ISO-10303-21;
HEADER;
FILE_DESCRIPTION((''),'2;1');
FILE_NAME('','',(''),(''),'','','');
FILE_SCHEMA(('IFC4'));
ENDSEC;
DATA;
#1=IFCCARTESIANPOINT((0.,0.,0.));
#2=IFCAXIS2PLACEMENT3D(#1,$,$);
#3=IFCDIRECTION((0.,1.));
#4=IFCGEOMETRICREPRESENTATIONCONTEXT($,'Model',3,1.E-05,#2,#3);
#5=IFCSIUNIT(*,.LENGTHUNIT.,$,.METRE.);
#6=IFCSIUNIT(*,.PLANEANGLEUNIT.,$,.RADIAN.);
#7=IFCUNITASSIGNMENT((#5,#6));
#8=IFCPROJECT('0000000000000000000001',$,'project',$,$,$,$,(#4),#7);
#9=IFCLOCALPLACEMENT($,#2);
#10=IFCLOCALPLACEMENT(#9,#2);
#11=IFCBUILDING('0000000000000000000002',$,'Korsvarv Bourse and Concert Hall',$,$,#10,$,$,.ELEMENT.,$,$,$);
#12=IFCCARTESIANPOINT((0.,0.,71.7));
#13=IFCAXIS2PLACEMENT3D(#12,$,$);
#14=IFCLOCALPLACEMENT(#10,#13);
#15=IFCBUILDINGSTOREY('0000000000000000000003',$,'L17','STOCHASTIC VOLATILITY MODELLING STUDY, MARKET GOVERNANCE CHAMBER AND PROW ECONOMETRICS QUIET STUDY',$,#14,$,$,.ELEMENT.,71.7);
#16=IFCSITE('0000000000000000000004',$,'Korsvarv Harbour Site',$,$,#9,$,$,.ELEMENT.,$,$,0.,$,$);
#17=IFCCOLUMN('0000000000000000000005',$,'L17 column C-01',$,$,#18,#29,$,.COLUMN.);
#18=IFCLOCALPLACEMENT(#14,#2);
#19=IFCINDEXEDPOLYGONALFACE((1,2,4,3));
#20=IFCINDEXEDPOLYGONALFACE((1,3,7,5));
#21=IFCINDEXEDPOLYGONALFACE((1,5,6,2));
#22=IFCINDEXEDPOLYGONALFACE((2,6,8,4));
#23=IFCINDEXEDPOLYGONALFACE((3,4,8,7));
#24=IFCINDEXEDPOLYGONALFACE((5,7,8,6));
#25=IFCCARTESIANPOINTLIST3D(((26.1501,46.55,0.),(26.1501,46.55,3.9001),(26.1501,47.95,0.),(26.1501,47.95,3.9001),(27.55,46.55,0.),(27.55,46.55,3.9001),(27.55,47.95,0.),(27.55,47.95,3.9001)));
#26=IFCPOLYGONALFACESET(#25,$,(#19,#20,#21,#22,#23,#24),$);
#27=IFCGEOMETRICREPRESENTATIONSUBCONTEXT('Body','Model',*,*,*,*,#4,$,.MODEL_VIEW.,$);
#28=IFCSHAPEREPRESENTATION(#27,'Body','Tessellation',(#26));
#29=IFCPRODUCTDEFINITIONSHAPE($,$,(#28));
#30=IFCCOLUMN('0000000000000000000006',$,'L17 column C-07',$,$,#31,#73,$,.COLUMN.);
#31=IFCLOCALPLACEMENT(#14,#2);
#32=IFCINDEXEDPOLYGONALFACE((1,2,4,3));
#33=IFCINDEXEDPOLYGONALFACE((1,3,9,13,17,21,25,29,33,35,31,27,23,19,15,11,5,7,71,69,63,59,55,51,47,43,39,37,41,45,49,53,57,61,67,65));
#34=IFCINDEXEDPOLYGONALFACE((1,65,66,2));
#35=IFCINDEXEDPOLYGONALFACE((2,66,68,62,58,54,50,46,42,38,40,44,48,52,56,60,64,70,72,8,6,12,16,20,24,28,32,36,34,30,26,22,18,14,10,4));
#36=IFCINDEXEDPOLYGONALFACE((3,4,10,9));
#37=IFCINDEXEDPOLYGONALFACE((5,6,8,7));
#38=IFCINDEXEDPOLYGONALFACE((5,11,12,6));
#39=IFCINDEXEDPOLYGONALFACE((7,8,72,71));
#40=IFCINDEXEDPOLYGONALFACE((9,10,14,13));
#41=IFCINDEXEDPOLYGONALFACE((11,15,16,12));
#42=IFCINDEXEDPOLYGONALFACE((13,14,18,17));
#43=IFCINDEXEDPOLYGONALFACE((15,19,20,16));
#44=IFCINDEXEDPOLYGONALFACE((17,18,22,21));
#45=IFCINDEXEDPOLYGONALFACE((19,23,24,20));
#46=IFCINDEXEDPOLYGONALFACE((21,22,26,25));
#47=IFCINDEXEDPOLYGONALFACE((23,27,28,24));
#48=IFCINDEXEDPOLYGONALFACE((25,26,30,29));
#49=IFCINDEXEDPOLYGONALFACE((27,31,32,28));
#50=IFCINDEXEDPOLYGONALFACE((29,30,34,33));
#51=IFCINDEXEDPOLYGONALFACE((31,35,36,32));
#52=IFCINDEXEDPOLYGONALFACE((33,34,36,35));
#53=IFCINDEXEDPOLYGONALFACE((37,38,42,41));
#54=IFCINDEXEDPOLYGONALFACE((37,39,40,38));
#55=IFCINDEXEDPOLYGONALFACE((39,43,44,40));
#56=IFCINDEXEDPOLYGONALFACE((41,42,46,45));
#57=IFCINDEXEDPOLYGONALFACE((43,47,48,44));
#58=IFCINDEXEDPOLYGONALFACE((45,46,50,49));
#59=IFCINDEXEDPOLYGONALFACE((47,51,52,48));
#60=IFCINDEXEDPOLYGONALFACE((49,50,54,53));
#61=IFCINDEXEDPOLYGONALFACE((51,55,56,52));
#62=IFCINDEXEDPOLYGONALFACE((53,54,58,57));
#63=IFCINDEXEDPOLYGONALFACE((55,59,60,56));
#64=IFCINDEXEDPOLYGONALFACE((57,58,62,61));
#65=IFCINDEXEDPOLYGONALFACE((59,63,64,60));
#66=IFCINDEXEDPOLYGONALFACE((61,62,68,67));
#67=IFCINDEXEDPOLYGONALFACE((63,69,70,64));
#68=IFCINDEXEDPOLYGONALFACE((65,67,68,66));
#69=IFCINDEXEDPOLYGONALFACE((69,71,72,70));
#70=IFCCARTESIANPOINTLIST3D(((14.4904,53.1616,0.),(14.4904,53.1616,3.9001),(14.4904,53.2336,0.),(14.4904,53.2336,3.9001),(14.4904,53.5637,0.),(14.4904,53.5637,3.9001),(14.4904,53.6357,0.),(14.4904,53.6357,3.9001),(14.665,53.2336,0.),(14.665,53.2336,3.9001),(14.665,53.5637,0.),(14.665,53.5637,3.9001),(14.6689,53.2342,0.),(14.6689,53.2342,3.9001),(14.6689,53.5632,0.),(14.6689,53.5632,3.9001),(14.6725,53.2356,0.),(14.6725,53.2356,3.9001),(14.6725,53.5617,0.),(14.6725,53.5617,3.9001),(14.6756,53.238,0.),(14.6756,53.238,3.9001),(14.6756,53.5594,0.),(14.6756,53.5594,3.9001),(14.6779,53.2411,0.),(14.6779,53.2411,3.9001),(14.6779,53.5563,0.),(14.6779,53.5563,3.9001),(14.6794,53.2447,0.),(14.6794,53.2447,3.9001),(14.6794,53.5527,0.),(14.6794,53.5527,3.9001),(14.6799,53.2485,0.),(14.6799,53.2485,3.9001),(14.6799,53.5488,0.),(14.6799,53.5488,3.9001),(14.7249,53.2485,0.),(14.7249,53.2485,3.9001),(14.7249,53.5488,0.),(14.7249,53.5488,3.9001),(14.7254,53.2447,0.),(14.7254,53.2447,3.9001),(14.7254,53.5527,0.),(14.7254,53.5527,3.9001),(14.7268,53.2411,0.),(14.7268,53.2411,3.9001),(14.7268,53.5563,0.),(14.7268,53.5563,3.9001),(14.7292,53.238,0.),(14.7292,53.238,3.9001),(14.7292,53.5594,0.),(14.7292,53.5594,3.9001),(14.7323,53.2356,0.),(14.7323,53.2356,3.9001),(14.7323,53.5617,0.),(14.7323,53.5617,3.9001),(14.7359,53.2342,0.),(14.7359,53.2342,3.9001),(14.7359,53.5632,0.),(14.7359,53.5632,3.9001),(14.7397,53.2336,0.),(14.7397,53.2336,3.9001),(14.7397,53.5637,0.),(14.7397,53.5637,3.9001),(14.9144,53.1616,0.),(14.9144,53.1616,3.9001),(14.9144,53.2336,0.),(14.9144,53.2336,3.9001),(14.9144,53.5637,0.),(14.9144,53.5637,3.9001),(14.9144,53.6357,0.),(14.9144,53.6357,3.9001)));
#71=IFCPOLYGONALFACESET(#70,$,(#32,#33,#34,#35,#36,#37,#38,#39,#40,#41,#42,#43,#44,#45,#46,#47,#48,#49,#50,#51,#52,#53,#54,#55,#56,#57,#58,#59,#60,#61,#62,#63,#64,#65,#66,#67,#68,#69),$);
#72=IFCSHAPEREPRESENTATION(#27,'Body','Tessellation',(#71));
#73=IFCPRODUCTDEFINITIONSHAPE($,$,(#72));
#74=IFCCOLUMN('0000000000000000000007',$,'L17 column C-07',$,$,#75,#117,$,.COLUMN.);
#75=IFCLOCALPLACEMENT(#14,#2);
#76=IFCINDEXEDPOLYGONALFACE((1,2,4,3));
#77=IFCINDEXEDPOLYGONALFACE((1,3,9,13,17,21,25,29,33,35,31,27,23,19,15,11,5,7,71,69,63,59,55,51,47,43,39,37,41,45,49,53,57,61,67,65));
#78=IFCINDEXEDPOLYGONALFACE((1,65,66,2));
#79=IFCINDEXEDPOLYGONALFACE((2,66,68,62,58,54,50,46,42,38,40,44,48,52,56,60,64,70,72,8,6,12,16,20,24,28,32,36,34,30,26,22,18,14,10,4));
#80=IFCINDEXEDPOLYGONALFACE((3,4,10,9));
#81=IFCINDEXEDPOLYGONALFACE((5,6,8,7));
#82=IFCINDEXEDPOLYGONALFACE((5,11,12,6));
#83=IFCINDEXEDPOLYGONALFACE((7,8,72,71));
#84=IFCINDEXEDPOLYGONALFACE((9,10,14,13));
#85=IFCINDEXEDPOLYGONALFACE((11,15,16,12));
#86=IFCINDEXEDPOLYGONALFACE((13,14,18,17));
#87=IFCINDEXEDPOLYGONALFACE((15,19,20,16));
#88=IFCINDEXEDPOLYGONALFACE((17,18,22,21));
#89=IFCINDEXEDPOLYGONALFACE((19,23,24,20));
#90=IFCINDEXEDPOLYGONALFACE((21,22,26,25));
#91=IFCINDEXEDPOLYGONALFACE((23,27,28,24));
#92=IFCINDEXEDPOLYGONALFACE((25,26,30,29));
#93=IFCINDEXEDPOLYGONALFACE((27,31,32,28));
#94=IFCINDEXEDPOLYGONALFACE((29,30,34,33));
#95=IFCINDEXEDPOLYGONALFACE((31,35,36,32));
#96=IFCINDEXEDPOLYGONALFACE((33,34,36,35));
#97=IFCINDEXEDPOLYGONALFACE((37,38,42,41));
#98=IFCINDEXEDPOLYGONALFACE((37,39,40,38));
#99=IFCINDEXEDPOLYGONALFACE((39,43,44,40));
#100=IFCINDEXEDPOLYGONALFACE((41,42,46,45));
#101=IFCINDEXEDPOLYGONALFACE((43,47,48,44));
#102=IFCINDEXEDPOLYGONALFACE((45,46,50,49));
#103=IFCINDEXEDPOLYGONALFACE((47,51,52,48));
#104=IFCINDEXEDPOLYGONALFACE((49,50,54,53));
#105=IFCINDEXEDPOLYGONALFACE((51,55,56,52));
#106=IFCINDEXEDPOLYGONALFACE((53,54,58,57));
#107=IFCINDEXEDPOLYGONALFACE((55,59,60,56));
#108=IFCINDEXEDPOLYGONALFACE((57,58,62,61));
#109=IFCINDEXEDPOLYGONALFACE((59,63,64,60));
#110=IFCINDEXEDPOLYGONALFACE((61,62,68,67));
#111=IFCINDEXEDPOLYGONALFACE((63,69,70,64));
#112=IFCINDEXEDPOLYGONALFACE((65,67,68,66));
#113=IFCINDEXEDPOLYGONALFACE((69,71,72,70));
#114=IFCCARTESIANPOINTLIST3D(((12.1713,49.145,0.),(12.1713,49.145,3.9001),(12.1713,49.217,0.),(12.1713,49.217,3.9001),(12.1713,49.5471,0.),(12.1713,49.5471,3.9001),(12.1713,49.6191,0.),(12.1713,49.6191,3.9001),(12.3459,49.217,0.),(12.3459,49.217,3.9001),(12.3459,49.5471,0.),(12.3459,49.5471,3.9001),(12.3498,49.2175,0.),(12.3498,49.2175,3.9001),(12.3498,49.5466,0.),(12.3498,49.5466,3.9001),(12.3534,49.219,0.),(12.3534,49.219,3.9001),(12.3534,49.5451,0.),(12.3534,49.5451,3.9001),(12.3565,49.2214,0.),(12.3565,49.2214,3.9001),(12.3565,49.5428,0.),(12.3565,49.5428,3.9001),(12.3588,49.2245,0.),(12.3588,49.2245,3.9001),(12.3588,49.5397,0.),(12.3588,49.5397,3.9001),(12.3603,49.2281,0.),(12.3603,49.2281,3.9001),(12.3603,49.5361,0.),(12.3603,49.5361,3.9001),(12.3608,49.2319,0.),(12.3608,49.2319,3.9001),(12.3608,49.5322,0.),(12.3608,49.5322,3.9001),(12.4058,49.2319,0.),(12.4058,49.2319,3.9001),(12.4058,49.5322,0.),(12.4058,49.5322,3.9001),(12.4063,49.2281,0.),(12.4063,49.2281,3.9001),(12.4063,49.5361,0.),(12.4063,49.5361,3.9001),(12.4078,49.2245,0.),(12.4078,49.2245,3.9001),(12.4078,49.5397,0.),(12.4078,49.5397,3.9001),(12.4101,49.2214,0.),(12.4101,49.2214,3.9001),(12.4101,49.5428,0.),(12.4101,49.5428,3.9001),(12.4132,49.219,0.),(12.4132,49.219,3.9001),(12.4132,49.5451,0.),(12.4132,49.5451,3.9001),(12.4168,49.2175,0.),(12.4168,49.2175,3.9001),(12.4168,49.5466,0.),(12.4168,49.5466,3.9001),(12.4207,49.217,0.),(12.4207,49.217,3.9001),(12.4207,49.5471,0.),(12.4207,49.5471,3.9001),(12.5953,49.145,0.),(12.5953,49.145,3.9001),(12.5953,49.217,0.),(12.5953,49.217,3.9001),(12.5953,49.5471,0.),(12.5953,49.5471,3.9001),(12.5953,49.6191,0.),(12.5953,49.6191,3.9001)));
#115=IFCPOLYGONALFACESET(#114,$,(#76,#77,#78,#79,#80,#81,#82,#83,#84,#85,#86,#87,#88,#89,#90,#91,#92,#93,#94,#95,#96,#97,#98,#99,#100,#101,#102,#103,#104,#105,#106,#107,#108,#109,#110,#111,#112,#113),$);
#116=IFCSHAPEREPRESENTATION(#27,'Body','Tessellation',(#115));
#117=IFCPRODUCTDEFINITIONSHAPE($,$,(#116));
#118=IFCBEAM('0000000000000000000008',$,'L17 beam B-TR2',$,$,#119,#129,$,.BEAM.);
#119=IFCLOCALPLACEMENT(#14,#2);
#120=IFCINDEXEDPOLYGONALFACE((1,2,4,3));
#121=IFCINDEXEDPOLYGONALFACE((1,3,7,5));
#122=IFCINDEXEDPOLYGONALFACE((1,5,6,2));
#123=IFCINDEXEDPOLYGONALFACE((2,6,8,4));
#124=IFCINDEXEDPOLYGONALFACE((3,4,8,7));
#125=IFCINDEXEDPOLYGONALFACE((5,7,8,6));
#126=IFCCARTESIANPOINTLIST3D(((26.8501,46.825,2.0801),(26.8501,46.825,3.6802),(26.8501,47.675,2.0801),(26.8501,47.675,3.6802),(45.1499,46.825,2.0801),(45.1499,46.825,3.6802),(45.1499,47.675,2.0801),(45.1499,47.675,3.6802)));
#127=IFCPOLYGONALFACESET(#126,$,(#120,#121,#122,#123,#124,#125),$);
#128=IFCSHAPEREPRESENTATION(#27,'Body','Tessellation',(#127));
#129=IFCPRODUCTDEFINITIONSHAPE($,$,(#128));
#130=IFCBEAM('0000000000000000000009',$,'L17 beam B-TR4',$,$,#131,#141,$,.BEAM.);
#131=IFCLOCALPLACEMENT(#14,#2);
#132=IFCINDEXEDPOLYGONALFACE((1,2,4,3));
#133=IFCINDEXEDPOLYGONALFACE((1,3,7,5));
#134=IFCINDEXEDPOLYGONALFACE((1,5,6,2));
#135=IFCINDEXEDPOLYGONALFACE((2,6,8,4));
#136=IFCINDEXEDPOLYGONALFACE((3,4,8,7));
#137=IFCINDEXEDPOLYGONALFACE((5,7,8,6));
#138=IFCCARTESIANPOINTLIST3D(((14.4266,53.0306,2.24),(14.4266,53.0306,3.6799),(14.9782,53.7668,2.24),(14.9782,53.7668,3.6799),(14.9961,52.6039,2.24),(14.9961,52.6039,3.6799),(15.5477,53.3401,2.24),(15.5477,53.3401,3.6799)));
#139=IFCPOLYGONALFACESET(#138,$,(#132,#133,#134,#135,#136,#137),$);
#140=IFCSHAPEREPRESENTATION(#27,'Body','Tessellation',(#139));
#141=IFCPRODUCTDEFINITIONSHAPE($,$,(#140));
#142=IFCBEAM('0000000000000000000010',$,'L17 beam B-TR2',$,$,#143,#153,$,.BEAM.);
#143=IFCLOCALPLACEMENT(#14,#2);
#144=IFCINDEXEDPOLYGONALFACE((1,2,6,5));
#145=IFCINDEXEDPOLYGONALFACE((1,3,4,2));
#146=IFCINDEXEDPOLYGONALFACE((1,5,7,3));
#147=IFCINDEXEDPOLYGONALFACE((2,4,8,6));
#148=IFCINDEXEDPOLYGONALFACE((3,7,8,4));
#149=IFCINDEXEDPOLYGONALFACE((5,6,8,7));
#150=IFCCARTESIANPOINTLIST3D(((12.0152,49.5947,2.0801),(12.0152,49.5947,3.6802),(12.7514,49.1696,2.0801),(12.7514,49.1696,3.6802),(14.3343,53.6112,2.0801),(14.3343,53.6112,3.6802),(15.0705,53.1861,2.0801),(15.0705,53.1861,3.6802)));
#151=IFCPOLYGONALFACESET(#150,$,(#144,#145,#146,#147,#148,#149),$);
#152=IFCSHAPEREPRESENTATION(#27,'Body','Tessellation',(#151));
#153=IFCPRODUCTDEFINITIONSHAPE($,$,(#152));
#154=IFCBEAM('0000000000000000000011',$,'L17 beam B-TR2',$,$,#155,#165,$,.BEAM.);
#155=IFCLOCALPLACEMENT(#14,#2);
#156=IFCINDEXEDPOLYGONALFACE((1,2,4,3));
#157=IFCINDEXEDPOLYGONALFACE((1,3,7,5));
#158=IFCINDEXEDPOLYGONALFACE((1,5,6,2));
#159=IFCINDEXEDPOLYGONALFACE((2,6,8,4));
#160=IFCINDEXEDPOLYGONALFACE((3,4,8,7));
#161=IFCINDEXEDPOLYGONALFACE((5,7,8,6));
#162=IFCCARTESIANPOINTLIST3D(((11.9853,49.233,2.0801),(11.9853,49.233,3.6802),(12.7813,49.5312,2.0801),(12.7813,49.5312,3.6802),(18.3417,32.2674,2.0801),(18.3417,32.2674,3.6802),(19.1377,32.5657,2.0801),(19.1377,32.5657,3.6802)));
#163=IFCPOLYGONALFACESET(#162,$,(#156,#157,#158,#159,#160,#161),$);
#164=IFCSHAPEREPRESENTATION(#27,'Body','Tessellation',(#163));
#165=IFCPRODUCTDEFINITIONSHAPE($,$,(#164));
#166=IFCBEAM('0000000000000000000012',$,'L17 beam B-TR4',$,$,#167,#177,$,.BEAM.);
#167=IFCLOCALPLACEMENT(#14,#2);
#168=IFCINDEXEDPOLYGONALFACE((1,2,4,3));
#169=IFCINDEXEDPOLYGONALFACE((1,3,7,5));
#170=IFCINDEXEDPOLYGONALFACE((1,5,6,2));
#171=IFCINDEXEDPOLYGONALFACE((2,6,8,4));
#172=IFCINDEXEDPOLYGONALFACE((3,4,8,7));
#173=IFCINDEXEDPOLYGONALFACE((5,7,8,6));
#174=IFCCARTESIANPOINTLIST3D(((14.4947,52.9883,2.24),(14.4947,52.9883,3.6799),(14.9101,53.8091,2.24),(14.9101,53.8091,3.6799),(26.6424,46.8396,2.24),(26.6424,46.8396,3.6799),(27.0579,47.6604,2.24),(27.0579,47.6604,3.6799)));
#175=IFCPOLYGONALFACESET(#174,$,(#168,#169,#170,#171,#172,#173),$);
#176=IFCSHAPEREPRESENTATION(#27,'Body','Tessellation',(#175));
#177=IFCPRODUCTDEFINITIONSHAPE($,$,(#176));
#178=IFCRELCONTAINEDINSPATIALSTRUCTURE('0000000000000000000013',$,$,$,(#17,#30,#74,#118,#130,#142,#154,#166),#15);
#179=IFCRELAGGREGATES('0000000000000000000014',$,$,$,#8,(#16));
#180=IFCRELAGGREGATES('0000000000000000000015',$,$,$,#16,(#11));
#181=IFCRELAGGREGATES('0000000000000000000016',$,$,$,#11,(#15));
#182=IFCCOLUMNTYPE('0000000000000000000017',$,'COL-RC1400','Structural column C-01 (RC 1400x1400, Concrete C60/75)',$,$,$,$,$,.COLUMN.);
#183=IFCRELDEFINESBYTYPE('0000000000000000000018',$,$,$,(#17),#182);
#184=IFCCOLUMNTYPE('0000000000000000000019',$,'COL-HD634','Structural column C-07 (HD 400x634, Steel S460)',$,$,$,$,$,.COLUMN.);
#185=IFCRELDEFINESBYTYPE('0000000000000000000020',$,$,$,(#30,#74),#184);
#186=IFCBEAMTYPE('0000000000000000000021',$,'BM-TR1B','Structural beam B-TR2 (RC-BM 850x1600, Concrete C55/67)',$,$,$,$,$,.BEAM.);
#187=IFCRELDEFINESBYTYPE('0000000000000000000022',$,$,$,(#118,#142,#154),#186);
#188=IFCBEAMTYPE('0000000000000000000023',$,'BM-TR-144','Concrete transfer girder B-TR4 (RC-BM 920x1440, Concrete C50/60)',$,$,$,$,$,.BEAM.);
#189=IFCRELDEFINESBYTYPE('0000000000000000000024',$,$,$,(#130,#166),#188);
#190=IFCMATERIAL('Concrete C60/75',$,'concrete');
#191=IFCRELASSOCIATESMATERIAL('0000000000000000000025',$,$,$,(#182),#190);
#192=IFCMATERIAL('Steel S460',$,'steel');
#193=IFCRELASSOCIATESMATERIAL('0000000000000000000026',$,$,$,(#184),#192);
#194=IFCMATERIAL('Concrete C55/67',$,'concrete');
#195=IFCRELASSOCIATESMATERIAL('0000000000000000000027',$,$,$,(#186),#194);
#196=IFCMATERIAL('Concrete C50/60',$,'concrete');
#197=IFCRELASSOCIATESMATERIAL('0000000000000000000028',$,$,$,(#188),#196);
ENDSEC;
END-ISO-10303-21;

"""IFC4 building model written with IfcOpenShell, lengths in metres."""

from ifc_helpers import new_model, si_unit, direction, frame, origin, origin_2d, place, context, subcontext, project, spatial, rectangle, i_section, extrude, source, transform, mapped, material, material_profile, profile_set, type_object, element, save


model = new_model("IFC4")

# Units and contexts
model_context = context("Model", 3, precision=1e-05, world=origin(), true_north=direction((0.0, 1.0)))
body_context = subcontext(model_context, "Body", "Model", "MODEL_VIEW")
ifc_project = project(units=[si_unit("LENGTHUNIT", "METRE"), si_unit("PLANEANGLEUNIT", "RADIAN")], contexts=[model_context])

# Site, building, storey
site_placement = place(None, origin())
site = spatial("IfcSite", under=ifc_project, at=site_placement, Name="Korsvarv Harbour Site", CompositionType="ELEMENT", RefElevation=0.0)
building_placement = place(site_placement, origin())
building = spatial("IfcBuilding", under=site, at=building_placement, Name="Korsvarv Bourse and Concert Hall", CompositionType="ELEMENT")
storey_placement = place(building_placement, frame((0.0, 0.0, 71.7)))
storey = spatial("IfcBuildingStorey", under=building, at=storey_placement, Name="L17", Description="STOCHASTIC VOLATILITY MODELLING STUDY, MARKET GOVERNANCE CHAMBER AND PROW ECONOMETRICS QUIET STUDY", CompositionType="ELEMENT", Elevation=71.7)

# Columns
ifc_material_1 = material(Name="Concrete C60/75", Category="concrete")
ifc_material_profile_1 = material_profile(ifc_material_1, rectangle(XDim=1.3999, YDim=1.3999, at=origin_2d()), Name="RC 1400x1400")
ifc_profile_set_1 = profile_set([ifc_material_profile_1], Name="Concrete C60/75")
column_type_1 = type_object("IfcColumnType", Name="COL-RC1400", Description="Structural column C-01 (RC 1400x1400, Concrete C60/75)", PredefinedType="COLUMN", material=ifc_profile_set_1)
shared_shape_1 = source(origin(), body_context, "Body", "SweptSolid", [
    extrude(rectangle(XDim=1.3999, YDim=1.3999, at=origin_2d()), origin(), (0.0, 0.0, 1.0), 3.9001),
])
column_placement = place(storey_placement, frame((26.8501, 47.25, 0.0), z_axis=(0.0, 0.0, 1.0), x_axis=(1.0, 0.0, 0.0)))
element("IfcColumn", 1, at=column_placement, inside=storey, type_object=column_type_1, Name="L17 column C-01", PredefinedType="COLUMN", context=body_context, shape_type="MappedRepresentation", body=[
    mapped(shared_shape_1, transform((0.0, 0.0, 0.0), scale=1.0)),
])
ifc_material_2 = material(Name="Steel S460", Category="steel")
ifc_material_profile_2 = material_profile(ifc_material_2, i_section(OverallWidth=0.4241, OverallDepth=0.4741, WebThickness=0.0449, FlangeThickness=0.072, FilletRadius=0.0149, at=origin_2d()), Name="HD 400x634")
ifc_profile_set_2 = profile_set([ifc_material_profile_2], Name="Steel S460")
column_type_2 = type_object("IfcColumnType", Name="COL-HD634", Description="Structural column C-07 (HD 400x634, Steel S460)", PredefinedType="COLUMN", material=ifc_profile_set_2)
shared_shape_2 = source(origin(), body_context, "Body", "SweptSolid", [
    extrude(i_section(OverallWidth=0.4241, OverallDepth=0.4741, WebThickness=0.0449, FlangeThickness=0.072, FilletRadius=0.0149, at=origin_2d()), origin(), (0.0, 0.0, 1.0), 3.9001),
])
for number, where, z_axis, x_axis, name in (
    (2, (14.7024, 53.3987, 0.0), (0.0, 0.0, 1.0), (1.0, 0.0, 0.0), "L17 column C-07"),
    (3, (12.3833, 49.3821, 0.0), (0.0, 0.0, 1.0), (1.0, 0.0, 0.0), "L17 column C-07"),
):
    element("IfcColumn", number, at=place(storey_placement, frame(where, z_axis=z_axis, x_axis=x_axis)), inside=storey, type_object=column_type_2, Name=name, PredefinedType="COLUMN", context=body_context, shape_type="MappedRepresentation", body=[
        mapped(shared_shape_2, transform((0.0, 0.0, 0.0), scale=1.0)),
    ])

# Beams
ifc_material_3 = material(Name="Concrete C55/67", Category="concrete")
ifc_material_profile_3 = material_profile(ifc_material_3, rectangle(XDim=0.8501, YDim=1.6001, at=origin_2d()), Name="RC-BM 850x1600")
ifc_profile_set_3 = profile_set([ifc_material_profile_3], Name="Concrete C55/67")
beam_type_1 = type_object("IfcBeamType", Name="BM-TR1B", Description="Structural beam B-TR2 (RC-BM 850x1600, Concrete C55/67)", PredefinedType="BEAM", material=ifc_profile_set_3)
shared_shape_3 = source(origin(), body_context, "Body", "SweptSolid", [
    extrude(rectangle(XDim=0.8501, YDim=1.6001, at=origin_2d()), origin(), (0.0, 0.0, 1.0), 18.2998),
])
beam_1_placement = place(storey_placement, frame((26.8501, 47.25, 2.8801), z_axis=(1.0, 0.0, 0.0), x_axis=(0.0, 1.0, 0.0)))
element("IfcBeam", 4, at=beam_1_placement, inside=storey, type_object=beam_type_1, Name="L17 beam B-TR2", PredefinedType="BEAM", context=body_context, shape_type="MappedRepresentation", body=[
    mapped(shared_shape_3, transform((0.0, 0.0, 0.0), scale=1.0)),
])
ifc_material_4 = material(Name="Concrete C50/60", Category="concrete")
ifc_material_profile_4 = material_profile(ifc_material_4, rectangle(XDim=0.9199, YDim=1.4399, at=origin_2d()), Name="RC-BM 920x1440")
ifc_profile_set_4 = profile_set([ifc_material_profile_4], Name="Concrete C50/60")
beam_type_2 = type_object("IfcBeamType", Name="BM-TR-144", Description="Concrete transfer girder B-TR4 (RC-BM 920x1440, Concrete C50/60)", PredefinedType="BEAM", material=ifc_profile_set_4)
shared_shape_4 = source(origin(), body_context, "Body", "SweptSolid", [
    extrude(rectangle(XDim=0.9199, YDim=1.4399, at=origin_2d()), origin(), (0.0, 0.0, 1.0), 0.7117),
])
beam_2_placement = place(storey_placement, frame((14.7024, 53.3987, 2.96), z_axis=(0.800288, -0.599616, 0.0), x_axis=(0.599616, 0.800288, 0.0)))
element("IfcBeam", 5, at=beam_2_placement, inside=storey, type_object=beam_type_2, Name="L17 beam B-TR4", PredefinedType="BEAM", context=body_context, shape_type="MappedRepresentation", body=[
    mapped(shared_shape_4, transform((0.0, 0.0, 0.0), scale=1.0)),
])
shared_shape_5 = source(origin(), body_context, "Body", "SweptSolid", [
    extrude(rectangle(XDim=0.8501, YDim=1.6001, at=origin_2d()), origin(), (0.0, 0.0, 1.0), 4.6379),
])
beam_3_placement = place(storey_placement, frame((14.7024, 53.3987, 2.8801), z_axis=(-0.500017, -0.866016, 0.0), x_axis=(0.866016, -0.500017, 0.0)))
element("IfcBeam", 6, at=beam_3_placement, inside=storey, type_object=beam_type_1, Name="L17 beam B-TR2", PredefinedType="BEAM", context=body_context, shape_type="MappedRepresentation", body=[
    mapped(shared_shape_5, transform((0.0, 0.0, 0.0), scale=1.0)),
])
shared_shape_6 = source(origin(), body_context, "Body", "SweptSolid", [
    extrude(rectangle(XDim=0.8501, YDim=1.6001, at=origin_2d()), origin(), (0.0, 0.0, 1.0), 18.1172),
])
beam_4_placement = place(storey_placement, frame((12.3833, 49.3821, 2.8801), z_axis=(0.35085, -0.936432, 0.0), x_axis=(0.936432, 0.35085, 0.0)))
element("IfcBeam", 7, at=beam_4_placement, inside=storey, type_object=beam_type_1, Name="L17 beam B-TR2", PredefinedType="BEAM", context=body_context, shape_type="MappedRepresentation", body=[
    mapped(shared_shape_6, transform((0.0, 0.0, 0.0), scale=1.0)),
])
shared_shape_7 = source(origin(), body_context, "Body", "SweptSolid", [
    extrude(rectangle(XDim=0.9199, YDim=1.4399, at=origin_2d()), origin(), (0.0, 0.0, 1.0), 13.6152),
])
beam_5_placement = place(storey_placement, frame((14.7024, 53.3987, 2.96), z_axis=(0.892218, -0.451605, 0.0), x_axis=(0.451605, 0.892218, 0.0)))
element("IfcBeam", 8, at=beam_5_placement, inside=storey, type_object=beam_type_2, Name="L17 beam B-TR4", PredefinedType="BEAM", context=body_context, shape_type="MappedRepresentation", body=[
    mapped(shared_shape_7, transform((0.0, 0.0, 0.0), scale=1.0)),
])

save(model, "model.ifc")
